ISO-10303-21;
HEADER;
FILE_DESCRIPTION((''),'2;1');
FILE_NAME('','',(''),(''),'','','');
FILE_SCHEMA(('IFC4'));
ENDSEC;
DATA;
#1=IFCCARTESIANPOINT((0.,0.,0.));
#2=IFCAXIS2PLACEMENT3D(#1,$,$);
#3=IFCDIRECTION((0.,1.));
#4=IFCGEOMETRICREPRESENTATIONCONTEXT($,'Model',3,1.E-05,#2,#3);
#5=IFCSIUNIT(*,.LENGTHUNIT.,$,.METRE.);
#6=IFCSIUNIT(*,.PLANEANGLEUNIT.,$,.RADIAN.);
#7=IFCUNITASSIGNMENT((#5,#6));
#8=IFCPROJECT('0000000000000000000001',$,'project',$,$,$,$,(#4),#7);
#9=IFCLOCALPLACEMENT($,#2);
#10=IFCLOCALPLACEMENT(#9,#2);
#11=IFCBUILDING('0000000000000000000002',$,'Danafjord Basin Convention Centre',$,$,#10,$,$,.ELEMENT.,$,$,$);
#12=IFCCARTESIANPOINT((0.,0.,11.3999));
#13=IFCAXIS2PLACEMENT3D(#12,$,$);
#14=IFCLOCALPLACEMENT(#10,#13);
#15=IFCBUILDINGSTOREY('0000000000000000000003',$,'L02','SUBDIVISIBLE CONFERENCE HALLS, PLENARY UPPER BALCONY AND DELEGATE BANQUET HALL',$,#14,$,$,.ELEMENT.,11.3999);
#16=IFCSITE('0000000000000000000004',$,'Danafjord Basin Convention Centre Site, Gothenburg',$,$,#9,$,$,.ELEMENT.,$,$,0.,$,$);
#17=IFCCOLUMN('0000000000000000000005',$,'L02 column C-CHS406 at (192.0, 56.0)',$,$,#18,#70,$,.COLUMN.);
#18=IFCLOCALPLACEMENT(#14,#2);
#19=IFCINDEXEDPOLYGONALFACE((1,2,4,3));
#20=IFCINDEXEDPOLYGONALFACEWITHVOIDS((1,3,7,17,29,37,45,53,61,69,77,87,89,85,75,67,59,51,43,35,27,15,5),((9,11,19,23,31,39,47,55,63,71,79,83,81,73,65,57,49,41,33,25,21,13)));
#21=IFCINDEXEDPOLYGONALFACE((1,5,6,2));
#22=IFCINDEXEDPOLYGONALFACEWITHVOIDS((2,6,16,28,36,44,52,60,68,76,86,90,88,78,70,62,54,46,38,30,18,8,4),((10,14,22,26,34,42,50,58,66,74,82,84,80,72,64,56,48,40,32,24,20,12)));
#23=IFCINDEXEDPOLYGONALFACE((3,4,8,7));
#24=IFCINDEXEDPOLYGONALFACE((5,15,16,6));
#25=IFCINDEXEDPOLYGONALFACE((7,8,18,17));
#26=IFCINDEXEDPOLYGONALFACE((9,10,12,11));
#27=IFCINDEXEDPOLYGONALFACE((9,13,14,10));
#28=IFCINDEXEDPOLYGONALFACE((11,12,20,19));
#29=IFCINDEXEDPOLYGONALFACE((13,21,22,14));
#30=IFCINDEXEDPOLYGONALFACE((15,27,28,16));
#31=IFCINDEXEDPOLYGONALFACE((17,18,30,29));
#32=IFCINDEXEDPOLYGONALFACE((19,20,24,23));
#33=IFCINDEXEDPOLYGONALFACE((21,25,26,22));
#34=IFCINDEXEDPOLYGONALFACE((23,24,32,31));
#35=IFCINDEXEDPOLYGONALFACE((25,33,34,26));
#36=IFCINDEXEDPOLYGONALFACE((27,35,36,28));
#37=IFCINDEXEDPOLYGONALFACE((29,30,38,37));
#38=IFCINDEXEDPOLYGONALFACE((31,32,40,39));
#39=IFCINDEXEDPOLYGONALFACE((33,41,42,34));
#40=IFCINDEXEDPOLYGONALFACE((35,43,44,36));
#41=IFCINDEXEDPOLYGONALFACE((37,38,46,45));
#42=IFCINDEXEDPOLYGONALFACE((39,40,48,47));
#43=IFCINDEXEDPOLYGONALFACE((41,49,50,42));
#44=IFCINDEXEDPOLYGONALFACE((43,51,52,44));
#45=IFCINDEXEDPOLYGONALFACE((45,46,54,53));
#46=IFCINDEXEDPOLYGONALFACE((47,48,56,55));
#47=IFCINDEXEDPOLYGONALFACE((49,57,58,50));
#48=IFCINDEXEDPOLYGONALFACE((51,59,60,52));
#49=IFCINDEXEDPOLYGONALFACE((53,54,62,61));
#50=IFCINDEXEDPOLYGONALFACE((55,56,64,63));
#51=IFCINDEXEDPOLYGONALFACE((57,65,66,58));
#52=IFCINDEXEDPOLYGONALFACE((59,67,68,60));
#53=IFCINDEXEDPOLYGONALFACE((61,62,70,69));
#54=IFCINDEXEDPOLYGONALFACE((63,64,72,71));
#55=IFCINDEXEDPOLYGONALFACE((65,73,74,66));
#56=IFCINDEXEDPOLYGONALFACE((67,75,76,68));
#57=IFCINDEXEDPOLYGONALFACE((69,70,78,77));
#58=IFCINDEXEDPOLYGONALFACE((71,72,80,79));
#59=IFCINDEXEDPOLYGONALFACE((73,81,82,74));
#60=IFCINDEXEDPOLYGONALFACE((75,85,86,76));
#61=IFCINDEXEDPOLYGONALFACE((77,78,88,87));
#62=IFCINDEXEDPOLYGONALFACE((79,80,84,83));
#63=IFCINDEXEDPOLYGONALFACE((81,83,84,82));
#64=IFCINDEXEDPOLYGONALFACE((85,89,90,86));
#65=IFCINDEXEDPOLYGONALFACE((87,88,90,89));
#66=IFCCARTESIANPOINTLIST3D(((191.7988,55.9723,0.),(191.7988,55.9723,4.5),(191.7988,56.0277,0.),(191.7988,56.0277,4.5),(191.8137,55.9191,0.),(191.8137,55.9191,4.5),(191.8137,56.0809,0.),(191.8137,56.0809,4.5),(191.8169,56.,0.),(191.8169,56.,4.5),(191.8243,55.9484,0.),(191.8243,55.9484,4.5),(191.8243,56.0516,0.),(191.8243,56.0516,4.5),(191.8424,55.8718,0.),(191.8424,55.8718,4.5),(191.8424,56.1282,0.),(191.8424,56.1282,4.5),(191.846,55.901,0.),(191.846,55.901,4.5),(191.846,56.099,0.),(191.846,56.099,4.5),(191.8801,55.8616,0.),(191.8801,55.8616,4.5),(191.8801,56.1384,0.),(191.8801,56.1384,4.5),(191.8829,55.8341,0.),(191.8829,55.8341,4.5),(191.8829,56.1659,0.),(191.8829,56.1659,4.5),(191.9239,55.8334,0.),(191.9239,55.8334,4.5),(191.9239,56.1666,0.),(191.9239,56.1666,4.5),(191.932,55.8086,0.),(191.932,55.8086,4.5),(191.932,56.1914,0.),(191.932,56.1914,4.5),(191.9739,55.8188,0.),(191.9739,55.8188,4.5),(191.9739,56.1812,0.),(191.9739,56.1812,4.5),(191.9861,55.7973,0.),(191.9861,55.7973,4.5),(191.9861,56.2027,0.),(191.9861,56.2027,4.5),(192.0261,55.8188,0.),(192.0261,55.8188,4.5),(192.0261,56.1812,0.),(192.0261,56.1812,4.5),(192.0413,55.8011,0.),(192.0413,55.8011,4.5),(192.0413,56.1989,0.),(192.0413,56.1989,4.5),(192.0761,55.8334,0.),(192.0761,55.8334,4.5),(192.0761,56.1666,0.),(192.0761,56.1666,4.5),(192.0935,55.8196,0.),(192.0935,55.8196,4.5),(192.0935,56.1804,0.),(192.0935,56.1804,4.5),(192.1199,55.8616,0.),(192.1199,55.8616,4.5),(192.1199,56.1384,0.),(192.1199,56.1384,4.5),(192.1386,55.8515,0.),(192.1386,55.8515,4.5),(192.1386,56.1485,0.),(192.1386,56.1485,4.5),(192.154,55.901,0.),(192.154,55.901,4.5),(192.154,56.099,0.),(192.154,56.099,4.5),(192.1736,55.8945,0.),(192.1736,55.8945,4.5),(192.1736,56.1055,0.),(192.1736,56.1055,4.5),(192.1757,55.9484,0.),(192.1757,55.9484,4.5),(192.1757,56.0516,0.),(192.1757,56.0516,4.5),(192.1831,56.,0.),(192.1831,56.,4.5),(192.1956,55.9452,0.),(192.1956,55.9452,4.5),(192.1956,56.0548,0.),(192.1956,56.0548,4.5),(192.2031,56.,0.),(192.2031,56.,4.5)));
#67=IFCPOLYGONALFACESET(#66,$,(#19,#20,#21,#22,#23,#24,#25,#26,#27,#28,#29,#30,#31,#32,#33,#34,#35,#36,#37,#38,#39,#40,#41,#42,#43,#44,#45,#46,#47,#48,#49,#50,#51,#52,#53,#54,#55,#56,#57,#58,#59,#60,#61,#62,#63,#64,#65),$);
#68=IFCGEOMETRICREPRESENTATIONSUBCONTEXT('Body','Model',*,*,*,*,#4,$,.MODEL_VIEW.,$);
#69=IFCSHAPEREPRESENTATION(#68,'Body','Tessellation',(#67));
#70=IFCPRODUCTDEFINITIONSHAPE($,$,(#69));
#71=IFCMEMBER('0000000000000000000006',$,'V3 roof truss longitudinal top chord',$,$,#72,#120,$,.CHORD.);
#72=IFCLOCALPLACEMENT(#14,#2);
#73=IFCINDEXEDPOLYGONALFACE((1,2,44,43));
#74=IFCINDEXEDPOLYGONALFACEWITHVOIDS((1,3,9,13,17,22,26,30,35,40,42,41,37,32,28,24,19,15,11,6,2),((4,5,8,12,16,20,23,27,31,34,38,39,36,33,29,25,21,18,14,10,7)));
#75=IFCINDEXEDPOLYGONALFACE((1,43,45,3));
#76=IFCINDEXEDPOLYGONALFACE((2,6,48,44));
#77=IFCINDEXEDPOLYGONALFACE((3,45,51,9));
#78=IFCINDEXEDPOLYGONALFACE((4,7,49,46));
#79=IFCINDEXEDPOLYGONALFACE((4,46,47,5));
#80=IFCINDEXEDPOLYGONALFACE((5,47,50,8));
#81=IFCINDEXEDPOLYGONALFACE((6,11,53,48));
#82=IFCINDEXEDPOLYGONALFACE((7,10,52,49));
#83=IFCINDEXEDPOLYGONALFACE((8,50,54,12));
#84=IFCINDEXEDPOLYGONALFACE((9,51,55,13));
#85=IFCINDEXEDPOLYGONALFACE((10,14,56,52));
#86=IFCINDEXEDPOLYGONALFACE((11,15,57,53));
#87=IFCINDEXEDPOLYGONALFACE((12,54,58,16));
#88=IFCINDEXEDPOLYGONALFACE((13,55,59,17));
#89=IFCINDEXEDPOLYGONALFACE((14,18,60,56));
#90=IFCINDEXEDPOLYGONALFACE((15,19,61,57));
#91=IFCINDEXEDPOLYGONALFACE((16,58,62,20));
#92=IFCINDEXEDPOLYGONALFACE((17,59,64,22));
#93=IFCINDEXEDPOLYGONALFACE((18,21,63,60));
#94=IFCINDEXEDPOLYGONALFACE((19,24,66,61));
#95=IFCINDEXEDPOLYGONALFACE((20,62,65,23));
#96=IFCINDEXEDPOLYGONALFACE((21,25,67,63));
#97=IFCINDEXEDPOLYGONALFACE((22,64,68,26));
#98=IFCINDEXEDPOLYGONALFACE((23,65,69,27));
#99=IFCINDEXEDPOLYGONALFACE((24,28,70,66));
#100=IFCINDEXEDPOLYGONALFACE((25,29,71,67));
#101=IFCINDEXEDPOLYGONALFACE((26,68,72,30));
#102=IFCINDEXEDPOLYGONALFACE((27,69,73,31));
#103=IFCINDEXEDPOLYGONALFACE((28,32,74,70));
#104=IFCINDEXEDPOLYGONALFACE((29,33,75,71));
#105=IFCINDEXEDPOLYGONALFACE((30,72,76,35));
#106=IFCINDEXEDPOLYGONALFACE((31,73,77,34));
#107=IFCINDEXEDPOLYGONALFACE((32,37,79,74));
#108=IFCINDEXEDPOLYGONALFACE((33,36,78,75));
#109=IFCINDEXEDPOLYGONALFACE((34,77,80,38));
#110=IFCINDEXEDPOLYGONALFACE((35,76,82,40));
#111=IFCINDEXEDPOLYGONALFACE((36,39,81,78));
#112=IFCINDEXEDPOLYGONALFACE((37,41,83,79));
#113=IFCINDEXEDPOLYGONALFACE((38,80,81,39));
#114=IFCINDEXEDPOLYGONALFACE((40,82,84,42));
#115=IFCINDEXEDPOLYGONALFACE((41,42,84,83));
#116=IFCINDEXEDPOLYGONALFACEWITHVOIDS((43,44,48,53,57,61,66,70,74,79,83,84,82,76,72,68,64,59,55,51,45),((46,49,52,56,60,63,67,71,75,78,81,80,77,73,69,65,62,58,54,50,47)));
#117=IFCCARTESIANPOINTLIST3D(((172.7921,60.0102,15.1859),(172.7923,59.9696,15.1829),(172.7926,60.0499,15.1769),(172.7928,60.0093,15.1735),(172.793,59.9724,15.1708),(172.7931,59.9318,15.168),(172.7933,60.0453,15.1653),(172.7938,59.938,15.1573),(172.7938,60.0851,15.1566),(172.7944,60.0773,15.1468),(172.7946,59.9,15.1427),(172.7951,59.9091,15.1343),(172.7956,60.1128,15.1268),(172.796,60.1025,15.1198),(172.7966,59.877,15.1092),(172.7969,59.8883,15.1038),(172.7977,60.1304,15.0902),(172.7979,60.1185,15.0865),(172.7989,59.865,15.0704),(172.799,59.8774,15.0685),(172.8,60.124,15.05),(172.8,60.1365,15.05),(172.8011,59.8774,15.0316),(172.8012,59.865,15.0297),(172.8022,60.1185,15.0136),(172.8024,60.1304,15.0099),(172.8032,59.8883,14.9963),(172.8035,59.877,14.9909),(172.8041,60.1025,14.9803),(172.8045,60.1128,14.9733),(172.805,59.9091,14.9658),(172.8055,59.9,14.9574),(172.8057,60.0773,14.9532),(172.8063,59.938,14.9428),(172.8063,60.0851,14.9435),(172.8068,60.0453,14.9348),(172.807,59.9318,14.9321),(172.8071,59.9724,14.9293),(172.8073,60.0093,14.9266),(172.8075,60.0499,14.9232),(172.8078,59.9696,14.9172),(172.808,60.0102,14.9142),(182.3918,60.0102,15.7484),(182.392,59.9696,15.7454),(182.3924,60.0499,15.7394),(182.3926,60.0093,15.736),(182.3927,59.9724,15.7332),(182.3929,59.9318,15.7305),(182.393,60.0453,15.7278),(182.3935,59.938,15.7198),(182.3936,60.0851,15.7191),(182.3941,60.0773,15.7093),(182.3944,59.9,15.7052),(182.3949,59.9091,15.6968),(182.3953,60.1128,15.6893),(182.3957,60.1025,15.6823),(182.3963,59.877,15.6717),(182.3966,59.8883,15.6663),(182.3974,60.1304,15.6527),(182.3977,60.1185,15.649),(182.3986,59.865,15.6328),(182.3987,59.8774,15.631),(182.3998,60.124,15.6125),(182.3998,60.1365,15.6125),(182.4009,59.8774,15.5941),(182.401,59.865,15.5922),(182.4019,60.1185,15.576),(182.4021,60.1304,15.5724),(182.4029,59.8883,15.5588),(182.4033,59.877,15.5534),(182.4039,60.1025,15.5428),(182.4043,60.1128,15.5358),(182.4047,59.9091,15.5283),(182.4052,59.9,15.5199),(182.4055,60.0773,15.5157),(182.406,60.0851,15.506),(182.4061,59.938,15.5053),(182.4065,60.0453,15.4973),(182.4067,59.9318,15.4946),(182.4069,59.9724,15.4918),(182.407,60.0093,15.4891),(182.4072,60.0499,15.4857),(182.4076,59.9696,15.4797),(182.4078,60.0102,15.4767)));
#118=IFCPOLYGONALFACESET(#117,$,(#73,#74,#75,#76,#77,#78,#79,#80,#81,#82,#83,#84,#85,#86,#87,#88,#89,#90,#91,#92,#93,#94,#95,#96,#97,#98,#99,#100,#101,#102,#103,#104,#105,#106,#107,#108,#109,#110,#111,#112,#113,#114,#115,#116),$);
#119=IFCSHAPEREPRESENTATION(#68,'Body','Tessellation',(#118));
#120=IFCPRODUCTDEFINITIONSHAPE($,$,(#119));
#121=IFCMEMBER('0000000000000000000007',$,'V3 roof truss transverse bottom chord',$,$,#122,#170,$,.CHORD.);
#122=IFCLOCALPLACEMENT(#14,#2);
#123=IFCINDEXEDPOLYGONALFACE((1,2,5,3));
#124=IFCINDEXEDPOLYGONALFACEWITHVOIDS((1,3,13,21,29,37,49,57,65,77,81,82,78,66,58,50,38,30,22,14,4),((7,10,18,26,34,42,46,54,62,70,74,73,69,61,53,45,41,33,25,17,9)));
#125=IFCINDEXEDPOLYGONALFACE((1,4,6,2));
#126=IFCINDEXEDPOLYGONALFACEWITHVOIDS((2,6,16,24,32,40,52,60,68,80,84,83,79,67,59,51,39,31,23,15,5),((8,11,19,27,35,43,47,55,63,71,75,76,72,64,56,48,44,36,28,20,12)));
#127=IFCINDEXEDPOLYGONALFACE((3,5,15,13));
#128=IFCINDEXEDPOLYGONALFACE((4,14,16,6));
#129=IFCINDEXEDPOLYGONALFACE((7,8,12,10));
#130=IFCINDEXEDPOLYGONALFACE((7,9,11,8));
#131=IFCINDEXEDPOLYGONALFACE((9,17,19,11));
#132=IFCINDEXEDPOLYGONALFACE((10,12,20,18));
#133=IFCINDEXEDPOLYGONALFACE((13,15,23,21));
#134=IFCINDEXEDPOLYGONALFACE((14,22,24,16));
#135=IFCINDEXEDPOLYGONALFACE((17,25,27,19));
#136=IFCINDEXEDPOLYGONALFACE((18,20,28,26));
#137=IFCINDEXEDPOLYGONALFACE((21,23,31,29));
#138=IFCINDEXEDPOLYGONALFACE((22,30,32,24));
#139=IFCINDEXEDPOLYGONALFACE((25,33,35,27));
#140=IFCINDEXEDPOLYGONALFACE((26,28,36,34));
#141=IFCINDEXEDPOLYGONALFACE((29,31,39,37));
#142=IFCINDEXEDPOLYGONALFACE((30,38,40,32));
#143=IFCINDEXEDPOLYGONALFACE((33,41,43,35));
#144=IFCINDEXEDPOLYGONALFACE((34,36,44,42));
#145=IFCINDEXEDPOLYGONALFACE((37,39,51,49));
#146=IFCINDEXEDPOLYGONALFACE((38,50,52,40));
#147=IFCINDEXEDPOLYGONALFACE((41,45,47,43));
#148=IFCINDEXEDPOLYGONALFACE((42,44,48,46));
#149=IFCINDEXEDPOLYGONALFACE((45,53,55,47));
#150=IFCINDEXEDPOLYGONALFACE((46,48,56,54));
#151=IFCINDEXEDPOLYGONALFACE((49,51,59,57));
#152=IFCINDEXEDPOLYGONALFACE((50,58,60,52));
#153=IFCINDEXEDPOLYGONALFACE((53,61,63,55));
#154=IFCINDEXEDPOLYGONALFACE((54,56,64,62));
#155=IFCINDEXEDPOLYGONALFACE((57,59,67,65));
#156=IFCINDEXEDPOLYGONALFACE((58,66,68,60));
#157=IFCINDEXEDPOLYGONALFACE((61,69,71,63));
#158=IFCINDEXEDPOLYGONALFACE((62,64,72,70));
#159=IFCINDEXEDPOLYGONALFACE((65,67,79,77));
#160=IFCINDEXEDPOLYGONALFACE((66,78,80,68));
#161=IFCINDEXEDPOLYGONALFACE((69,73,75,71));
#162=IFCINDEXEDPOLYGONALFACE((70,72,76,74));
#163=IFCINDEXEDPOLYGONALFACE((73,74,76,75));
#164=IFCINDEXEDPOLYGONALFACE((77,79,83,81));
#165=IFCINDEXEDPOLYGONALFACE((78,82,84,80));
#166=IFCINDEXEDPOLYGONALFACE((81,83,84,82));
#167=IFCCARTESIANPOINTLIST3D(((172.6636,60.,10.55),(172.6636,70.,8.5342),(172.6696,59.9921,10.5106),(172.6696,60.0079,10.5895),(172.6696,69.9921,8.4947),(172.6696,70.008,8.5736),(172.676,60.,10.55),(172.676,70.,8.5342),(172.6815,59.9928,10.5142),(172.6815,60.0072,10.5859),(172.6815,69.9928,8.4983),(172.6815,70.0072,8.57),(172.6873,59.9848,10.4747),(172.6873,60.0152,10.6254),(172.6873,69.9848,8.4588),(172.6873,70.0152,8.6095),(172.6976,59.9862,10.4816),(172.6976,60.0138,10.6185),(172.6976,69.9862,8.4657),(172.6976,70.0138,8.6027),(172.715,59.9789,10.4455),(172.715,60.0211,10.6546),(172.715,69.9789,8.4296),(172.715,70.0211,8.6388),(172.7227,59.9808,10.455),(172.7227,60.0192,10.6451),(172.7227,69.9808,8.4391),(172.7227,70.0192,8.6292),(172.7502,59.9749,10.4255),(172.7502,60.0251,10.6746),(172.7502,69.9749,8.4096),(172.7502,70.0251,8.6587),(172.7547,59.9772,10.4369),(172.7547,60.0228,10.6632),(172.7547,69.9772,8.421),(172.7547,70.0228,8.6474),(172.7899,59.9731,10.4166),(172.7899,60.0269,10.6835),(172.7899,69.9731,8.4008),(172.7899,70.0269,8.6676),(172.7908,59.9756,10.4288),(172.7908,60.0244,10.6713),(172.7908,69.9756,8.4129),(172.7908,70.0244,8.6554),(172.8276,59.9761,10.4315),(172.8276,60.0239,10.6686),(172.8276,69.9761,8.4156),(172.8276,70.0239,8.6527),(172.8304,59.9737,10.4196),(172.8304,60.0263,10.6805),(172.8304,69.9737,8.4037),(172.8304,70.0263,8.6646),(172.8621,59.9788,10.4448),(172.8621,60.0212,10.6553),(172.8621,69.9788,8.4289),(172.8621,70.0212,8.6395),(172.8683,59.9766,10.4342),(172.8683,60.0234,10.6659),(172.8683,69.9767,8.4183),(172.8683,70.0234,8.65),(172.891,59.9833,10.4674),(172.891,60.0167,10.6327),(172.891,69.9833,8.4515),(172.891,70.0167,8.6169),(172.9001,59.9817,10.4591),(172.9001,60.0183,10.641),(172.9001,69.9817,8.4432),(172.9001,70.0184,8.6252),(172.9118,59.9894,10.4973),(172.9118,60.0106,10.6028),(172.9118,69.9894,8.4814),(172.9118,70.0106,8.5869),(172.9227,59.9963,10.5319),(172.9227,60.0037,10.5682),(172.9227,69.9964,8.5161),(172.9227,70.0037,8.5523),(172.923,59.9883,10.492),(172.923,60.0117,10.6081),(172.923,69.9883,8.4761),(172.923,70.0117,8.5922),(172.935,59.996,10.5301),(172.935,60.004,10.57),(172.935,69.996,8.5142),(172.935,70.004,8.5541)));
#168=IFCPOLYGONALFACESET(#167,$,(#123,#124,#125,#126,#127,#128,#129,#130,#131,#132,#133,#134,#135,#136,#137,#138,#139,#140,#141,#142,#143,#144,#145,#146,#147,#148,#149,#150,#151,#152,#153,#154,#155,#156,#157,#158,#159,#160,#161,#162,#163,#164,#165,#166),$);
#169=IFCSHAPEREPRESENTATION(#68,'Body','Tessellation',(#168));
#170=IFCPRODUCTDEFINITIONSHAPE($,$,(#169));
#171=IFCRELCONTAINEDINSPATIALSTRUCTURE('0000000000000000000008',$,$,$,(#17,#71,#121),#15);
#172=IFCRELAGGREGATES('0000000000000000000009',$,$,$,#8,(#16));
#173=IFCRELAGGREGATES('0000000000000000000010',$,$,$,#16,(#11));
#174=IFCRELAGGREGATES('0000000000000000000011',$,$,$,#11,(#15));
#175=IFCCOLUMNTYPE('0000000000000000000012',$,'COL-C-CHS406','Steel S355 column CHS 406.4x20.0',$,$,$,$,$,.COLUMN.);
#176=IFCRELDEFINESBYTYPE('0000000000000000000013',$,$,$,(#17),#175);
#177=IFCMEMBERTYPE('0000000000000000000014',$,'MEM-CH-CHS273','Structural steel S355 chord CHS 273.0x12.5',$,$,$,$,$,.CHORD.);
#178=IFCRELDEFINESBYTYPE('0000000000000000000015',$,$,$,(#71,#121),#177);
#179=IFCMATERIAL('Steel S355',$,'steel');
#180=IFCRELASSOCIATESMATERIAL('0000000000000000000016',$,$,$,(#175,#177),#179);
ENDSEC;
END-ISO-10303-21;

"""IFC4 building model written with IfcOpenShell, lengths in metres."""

from ifc_helpers import new_model, si_unit, direction, frame, origin, origin_2d, place, context, subcontext, project, spatial, hollow_circle, extrude, material, material_profile, profile_set, type_object, element, save


model = new_model("IFC4")

# Units and contexts
model_context = context("Model", 3, precision=1e-05, world=origin(), true_north=direction((0.0, 1.0)))
body_context = subcontext(model_context, "Body", "Model", "MODEL_VIEW")
ifc_project = project(units=[si_unit("LENGTHUNIT", "METRE"), si_unit("PLANEANGLEUNIT", "RADIAN")], contexts=[model_context])

# Site, building, storey
site_placement = place(None, origin())
site = spatial("IfcSite", under=ifc_project, at=site_placement, Name="Danafjord Basin Convention Centre Site, Gothenburg", CompositionType="ELEMENT", RefElevation=0.0)
building_placement = place(site_placement, origin())
building = spatial("IfcBuilding", under=site, at=building_placement, Name="Danafjord Basin Convention Centre", CompositionType="ELEMENT")
storey_placement = place(building_placement, frame((0.0, 0.0, 11.3999)))
storey = spatial("IfcBuildingStorey", under=building, at=storey_placement, Name="L02", Description="SUBDIVISIBLE CONFERENCE HALLS, PLENARY UPPER BALCONY AND DELEGATE BANQUET HALL", CompositionType="ELEMENT", Elevation=11.3999)

# Column
ifc_material = material(Name="Steel S355", Category="steel")
ifc_material_profile_1 = material_profile(ifc_material, hollow_circle(Radius=0.2031, WallThickness=0.02, at=origin_2d()), Name="CHS 406.4x20.0")
ifc_profile_set_1 = profile_set([ifc_material_profile_1], Name="Steel S355")
column_type = type_object("IfcColumnType", Name="COL-C-CHS406", Description="Steel S355 column CHS 406.4x20.0", PredefinedType="COLUMN", material=ifc_profile_set_1)
column_placement = place(storey_placement, frame((192.0, 56.0, 0.0), z_axis=(0.0, 0.0, 1.0), x_axis=(1.0, 0.0, 0.0)))
element("IfcColumn", 1, at=column_placement, inside=storey, type_object=column_type, Name="L02 column C-CHS406 at (192.0, 56.0)", PredefinedType="COLUMN", context=body_context, shape_type="SweptSolid", body=[
    extrude(hollow_circle(Radius=0.2031, WallThickness=0.02, at=origin_2d()), origin(), (0.0, 0.0, 1.0), 4.5),
])

# Members
ifc_material_profile_2 = material_profile(ifc_material, hollow_circle(Radius=0.1365, WallThickness=0.0125, at=origin_2d()), Name="CHS 273.0x12.5")
ifc_profile_set_2 = profile_set([ifc_material_profile_2], Name="Steel S355")
member_type_1 = type_object("IfcMemberType", Name="MEM-CH-CHS273", Description="Structural steel S355 chord CHS 273.0x12.5", PredefinedType="CHORD", material=ifc_profile_set_2)
member_1_placement = place(storey_placement, frame((172.8, 60.0, 15.05), z_axis=(0.998288, 0.0, 0.058494), x_axis=(0.0, 1.0, 0.0)))
element("IfcMember", 2, at=member_1_placement, inside=storey, type_object=member_type_1, Name="V3 roof truss longitudinal top chord", PredefinedType="CHORD", context=body_context, shape_type="SweptSolid", body=[
    extrude(hollow_circle(Radius=0.1365, WallThickness=0.0125, at=origin_2d()), origin(), (0.0, 0.0, 1.0), 9.6162),
])
member_2_placement = place(storey_placement, frame((172.8, 60.0, 10.55), z_axis=(0.0, 0.98028, -0.197612), x_axis=(-1.0, 0.0, 0.0)))
element("IfcMember", 3, at=member_2_placement, inside=storey, type_object=member_type_1, Name="V3 roof truss transverse bottom chord", PredefinedType="CHORD", context=body_context, shape_type="SweptSolid", body=[
    extrude(hollow_circle(Radius=0.1365, WallThickness=0.0125, at=origin_2d()), origin(), (0.0, 0.0, 1.0), 10.2012),
])

save(model, "model.ifc")
